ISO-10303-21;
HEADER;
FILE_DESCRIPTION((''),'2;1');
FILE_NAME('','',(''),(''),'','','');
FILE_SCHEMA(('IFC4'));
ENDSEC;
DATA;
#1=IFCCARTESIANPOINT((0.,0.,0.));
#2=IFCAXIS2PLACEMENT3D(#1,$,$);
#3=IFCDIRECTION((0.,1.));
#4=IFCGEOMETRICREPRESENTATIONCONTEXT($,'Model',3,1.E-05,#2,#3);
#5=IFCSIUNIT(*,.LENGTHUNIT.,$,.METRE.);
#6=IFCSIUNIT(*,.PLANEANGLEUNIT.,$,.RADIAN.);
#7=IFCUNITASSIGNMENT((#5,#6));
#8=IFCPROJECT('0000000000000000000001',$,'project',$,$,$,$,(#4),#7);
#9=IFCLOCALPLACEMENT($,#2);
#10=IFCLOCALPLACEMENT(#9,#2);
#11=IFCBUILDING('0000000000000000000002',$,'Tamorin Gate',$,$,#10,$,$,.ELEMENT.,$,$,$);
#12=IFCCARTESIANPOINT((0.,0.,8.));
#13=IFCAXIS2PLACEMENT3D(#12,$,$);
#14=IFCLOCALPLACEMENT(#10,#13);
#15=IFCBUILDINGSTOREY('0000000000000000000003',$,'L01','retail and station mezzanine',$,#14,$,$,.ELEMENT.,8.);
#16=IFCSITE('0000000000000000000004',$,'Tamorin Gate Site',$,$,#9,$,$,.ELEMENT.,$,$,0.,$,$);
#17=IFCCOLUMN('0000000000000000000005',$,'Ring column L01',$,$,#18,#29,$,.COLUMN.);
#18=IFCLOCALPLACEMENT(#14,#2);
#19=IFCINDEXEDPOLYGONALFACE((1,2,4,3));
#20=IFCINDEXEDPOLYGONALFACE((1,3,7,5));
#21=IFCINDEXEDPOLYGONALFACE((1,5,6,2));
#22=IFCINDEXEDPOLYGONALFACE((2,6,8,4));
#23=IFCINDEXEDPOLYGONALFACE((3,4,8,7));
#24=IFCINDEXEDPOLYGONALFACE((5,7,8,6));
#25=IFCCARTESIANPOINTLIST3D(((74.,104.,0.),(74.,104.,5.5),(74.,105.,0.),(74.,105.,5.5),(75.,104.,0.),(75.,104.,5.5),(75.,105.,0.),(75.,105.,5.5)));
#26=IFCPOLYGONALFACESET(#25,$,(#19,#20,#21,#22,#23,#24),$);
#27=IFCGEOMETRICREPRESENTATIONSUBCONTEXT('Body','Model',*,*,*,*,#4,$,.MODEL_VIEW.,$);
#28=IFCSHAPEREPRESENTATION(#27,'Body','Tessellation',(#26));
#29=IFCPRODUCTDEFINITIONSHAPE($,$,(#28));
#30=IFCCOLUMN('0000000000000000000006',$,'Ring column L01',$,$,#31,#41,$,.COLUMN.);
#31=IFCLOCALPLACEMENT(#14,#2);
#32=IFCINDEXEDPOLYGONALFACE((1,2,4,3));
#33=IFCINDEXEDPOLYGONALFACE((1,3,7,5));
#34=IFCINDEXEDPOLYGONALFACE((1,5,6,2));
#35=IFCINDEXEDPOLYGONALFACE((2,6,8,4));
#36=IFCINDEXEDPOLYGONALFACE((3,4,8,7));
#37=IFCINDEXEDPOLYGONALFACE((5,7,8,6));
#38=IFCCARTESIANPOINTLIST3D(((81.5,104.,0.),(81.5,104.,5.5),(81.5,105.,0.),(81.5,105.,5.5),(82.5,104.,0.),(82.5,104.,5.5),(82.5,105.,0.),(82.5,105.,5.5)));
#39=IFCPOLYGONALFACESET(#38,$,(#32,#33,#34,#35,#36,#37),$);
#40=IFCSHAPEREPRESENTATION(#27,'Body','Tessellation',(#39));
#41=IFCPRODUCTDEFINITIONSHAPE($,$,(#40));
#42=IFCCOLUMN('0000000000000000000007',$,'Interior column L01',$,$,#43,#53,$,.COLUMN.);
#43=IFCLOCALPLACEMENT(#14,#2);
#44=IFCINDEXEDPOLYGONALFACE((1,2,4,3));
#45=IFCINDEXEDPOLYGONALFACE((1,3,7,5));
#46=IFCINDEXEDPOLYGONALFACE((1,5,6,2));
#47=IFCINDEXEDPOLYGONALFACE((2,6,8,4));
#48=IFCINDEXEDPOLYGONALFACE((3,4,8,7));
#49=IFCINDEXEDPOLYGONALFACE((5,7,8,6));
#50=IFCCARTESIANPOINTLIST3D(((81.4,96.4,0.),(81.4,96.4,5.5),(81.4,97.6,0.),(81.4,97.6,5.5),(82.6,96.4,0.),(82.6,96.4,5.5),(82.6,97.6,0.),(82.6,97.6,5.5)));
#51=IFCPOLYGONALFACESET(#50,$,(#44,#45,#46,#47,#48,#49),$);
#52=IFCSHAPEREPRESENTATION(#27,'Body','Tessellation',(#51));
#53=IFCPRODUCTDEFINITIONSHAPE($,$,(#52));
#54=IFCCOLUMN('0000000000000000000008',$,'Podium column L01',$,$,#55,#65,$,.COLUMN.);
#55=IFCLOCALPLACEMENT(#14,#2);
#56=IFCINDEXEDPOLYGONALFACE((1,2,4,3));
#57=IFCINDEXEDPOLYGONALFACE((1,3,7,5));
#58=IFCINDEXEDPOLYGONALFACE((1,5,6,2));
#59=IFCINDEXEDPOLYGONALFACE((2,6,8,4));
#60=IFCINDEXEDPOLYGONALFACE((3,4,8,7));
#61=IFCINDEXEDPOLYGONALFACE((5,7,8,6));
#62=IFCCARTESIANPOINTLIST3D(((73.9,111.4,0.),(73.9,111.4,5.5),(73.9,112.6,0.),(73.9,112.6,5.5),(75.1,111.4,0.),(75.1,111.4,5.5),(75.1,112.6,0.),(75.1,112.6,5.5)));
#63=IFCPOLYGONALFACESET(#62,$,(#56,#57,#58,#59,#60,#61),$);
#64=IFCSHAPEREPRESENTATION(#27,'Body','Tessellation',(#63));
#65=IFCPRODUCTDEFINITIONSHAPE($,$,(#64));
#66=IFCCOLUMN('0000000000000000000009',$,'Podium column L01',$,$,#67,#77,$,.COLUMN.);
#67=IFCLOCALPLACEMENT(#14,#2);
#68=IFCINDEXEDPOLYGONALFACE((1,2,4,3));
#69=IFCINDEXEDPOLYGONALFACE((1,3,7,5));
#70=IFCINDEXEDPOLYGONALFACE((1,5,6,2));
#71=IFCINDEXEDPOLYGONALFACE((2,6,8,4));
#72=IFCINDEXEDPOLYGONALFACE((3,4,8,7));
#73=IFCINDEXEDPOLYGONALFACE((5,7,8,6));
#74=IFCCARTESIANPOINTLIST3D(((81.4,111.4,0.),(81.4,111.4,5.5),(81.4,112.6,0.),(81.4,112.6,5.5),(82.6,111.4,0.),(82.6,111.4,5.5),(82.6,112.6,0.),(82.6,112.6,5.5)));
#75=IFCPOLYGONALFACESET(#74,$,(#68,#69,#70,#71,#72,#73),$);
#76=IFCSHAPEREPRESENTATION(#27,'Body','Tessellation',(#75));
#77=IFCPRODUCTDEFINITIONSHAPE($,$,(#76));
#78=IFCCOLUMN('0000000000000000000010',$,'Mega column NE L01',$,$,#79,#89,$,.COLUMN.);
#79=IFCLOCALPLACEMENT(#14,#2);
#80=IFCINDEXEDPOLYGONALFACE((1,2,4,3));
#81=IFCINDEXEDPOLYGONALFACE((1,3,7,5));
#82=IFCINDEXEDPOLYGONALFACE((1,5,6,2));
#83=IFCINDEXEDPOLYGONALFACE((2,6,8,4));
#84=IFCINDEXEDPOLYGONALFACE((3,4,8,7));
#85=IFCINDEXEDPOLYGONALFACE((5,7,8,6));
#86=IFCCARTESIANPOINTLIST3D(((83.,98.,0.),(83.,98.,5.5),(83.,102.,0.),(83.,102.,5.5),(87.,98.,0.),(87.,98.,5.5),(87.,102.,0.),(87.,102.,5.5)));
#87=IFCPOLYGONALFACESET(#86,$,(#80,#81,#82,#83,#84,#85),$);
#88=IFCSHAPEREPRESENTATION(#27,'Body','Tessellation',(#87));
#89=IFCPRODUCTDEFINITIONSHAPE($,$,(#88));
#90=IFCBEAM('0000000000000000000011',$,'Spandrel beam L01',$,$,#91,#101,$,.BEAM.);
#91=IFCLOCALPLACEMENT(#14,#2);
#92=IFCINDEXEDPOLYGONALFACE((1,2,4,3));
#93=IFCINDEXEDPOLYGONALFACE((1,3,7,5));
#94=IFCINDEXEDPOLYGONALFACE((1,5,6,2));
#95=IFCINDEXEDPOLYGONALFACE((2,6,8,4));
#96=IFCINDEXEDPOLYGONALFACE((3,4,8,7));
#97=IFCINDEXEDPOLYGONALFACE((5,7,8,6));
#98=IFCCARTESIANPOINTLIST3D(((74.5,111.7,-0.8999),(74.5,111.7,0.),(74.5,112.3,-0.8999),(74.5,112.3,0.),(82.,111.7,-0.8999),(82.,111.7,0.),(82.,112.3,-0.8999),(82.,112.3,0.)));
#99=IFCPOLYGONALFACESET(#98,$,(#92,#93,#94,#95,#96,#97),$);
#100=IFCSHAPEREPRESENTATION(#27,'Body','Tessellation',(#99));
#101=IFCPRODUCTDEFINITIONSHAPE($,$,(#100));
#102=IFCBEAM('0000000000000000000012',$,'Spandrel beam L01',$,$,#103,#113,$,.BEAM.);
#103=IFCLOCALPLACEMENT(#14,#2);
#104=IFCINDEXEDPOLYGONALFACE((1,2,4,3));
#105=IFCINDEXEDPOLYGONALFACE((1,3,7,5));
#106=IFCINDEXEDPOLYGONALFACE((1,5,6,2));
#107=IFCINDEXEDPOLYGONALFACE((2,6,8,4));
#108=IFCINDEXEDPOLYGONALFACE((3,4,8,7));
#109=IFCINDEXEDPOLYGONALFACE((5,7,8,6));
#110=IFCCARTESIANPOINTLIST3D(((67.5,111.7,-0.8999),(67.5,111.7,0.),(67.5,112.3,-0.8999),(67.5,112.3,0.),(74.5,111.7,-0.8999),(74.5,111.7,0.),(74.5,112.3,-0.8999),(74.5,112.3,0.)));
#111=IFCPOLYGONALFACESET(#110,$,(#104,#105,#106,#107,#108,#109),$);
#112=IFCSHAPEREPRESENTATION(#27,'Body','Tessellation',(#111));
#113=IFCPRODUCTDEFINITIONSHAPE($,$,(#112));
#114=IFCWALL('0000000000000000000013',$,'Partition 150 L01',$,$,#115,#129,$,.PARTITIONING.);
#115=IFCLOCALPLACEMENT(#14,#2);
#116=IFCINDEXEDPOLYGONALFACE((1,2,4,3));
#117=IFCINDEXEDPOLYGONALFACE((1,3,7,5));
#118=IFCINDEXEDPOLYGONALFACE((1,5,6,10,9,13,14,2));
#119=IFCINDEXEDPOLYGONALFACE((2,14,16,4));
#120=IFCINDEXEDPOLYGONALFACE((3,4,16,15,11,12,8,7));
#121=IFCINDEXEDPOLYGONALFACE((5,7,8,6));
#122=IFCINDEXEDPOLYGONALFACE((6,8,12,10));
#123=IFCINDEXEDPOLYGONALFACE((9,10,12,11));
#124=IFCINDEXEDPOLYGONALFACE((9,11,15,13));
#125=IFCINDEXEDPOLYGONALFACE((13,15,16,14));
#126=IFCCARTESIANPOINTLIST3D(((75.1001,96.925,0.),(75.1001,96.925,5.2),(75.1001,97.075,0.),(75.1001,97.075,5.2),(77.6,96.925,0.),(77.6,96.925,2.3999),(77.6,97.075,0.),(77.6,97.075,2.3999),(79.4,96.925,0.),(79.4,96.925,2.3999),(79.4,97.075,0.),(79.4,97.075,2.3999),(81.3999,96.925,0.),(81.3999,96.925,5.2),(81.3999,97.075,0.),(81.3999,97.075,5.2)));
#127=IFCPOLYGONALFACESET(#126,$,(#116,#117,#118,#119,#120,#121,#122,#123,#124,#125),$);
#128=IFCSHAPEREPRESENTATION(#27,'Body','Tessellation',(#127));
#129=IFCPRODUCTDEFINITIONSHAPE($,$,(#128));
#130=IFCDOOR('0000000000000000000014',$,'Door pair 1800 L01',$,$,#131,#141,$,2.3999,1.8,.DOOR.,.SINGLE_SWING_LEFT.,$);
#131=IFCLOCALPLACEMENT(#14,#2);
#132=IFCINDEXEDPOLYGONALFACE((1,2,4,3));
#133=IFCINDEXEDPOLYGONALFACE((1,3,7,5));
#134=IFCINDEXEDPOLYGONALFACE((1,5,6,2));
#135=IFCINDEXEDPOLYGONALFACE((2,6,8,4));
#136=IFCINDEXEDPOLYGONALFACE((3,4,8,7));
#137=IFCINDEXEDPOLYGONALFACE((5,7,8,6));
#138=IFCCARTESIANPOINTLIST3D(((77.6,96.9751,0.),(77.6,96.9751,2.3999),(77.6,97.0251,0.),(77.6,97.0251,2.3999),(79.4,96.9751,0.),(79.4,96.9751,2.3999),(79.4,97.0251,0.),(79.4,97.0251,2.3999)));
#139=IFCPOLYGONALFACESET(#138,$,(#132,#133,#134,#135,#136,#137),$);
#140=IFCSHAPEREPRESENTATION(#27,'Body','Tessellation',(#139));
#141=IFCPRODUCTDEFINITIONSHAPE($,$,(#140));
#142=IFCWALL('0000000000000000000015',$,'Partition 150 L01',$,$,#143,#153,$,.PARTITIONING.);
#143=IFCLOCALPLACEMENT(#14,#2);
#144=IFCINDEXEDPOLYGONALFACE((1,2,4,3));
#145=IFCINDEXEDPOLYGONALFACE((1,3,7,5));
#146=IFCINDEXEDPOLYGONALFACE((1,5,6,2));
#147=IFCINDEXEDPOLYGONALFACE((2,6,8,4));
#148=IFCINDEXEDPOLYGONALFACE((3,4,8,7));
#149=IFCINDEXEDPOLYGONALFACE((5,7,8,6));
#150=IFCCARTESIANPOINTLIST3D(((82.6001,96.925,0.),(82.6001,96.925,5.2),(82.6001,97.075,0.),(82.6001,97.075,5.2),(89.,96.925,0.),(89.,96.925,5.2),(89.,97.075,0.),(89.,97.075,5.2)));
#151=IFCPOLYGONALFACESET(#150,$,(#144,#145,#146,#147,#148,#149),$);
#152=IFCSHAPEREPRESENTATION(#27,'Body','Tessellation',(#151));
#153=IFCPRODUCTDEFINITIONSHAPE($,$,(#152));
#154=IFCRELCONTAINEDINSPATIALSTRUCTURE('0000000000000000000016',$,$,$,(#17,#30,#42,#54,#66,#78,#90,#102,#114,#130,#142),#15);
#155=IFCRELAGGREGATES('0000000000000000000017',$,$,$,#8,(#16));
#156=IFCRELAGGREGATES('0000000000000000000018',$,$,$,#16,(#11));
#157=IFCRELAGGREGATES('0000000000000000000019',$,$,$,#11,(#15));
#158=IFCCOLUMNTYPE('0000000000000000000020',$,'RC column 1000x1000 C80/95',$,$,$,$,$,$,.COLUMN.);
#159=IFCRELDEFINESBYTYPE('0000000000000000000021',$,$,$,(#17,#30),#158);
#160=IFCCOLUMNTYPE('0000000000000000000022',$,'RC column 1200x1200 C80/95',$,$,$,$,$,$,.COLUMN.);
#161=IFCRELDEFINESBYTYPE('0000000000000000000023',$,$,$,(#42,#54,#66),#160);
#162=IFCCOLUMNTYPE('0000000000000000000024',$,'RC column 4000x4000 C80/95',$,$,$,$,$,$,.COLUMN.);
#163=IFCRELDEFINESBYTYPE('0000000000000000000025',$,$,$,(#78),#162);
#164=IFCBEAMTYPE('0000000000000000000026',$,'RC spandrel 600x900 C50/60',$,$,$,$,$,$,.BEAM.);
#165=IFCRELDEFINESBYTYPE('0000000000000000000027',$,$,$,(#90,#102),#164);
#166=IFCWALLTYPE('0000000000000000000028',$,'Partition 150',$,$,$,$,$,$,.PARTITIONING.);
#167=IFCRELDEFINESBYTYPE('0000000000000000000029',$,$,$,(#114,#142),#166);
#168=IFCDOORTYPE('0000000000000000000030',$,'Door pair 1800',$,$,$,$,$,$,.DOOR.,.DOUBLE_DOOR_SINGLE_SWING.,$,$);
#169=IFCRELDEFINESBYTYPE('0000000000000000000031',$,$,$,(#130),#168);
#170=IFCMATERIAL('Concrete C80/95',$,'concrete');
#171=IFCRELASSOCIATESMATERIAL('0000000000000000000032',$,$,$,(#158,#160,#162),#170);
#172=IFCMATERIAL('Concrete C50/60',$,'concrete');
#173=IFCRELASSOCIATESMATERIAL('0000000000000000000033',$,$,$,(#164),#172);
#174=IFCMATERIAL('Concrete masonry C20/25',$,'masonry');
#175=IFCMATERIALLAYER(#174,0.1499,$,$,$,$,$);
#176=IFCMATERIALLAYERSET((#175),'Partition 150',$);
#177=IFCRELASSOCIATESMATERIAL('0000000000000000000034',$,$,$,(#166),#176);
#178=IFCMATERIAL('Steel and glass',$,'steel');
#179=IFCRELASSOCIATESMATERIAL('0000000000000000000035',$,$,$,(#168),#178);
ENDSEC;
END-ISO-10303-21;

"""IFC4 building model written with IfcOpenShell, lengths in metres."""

from ifc_helpers import new_model, si_unit, direction, frame, frame_2d, origin, origin_2d, place, context, subcontext, project, spatial, rectangle, extrude, material, layer, layer_set, material_profile, profile_set, type_object, element, fill, save


model = new_model("IFC4")

# Units and contexts
model_context = context("Model", 3, precision=1e-05, world=origin(), true_north=direction((0.0, 1.0)))
body_context = subcontext(model_context, "Body", "Model", "MODEL_VIEW")
ifc_project = project(units=[si_unit("LENGTHUNIT", "METRE"), si_unit("PLANEANGLEUNIT", "RADIAN")], contexts=[model_context])

# Site, building, storey
site_placement = place(None, origin())
site = spatial("IfcSite", under=ifc_project, at=site_placement, Name="Tamorin Gate Site", CompositionType="ELEMENT", RefElevation=0.0)
building_placement = place(site_placement, origin())
building = spatial("IfcBuilding", under=site, at=building_placement, Name="Tamorin Gate", CompositionType="ELEMENT")
storey_placement = place(building_placement, frame((0.0, 0.0, 8.0)))
storey = spatial("IfcBuildingStorey", under=building, at=storey_placement, Name="L01", Description="retail and station mezzanine", CompositionType="ELEMENT", Elevation=8.0)

# Columns
ifc_material_1 = material(Name="Concrete C80/95", Category="concrete")
ifc_material_profile_1 = material_profile(ifc_material_1, rectangle(XDim=1.0, YDim=1.0, at=origin_2d()), Name="RC 1000x1000")
ifc_profile_set_1 = profile_set([ifc_material_profile_1], Name="Concrete C80/95")
column_type_1 = type_object("IfcColumnType", Name="RC column 1000x1000 C80/95", PredefinedType="COLUMN", material=ifc_profile_set_1)
for number, where, z_axis, x_axis, name in (
    (1, (74.5, 104.5, 0.0), (0.0, 0.0, 1.0), (1.0, 0.0, 0.0), "Ring column L01"),
    (2, (82.0, 104.5, 0.0), (0.0, 0.0, 1.0), (1.0, 0.0, 0.0), "Ring column L01"),
):
    element("IfcColumn", number, at=place(storey_placement, frame(where, z_axis=z_axis, x_axis=x_axis)), inside=storey, type_object=column_type_1, Name=name, PredefinedType="COLUMN", context=body_context, shape_type="SweptSolid", body=[
        extrude(rectangle(XDim=1.0, YDim=1.0, at=origin_2d()), origin(), (0.0, 0.0, 1.0), 5.5),
    ])
ifc_material_profile_2 = material_profile(ifc_material_1, rectangle(XDim=1.2, YDim=1.2, at=origin_2d()), Name="RC 1200x1200")
ifc_profile_set_2 = profile_set([ifc_material_profile_2], Name="Concrete C80/95")
column_type_2 = type_object("IfcColumnType", Name="RC column 1200x1200 C80/95", PredefinedType="COLUMN", material=ifc_profile_set_2)
for number, where, z_axis, x_axis, name in (
    (3, (82.0, 97.0, 0.0), (0.0, 0.0, 1.0), (1.0, 0.0, 0.0), "Interior column L01"),
    (4, (74.5, 112.0, 0.0), (0.0, 0.0, 1.0), (1.0, 0.0, 0.0), "Podium column L01"),
    (5, (82.0, 112.0, 0.0), (0.0, 0.0, 1.0), (1.0, 0.0, 0.0), "Podium column L01"),
):
    element("IfcColumn", number, at=place(storey_placement, frame(where, z_axis=z_axis, x_axis=x_axis)), inside=storey, type_object=column_type_2, Name=name, PredefinedType="COLUMN", context=body_context, shape_type="SweptSolid", body=[
        extrude(rectangle(XDim=1.2, YDim=1.2, at=origin_2d()), origin(), (0.0, 0.0, 1.0), 5.5),
    ])
ifc_material_profile_3 = material_profile(ifc_material_1, rectangle(XDim=4.0, YDim=4.0, at=origin_2d()), Name="RC 4000x4000")
ifc_profile_set_3 = profile_set([ifc_material_profile_3], Name="Concrete C80/95")
column_type_3 = type_object("IfcColumnType", Name="RC column 4000x4000 C80/95", PredefinedType="COLUMN", material=ifc_profile_set_3)
column_placement = place(storey_placement, frame((85.0, 100.0, 0.0), z_axis=(0.0, 0.0, 1.0), x_axis=(1.0, 0.0, 0.0)))
element("IfcColumn", 6, at=column_placement, inside=storey, type_object=column_type_3, Name="Mega column NE L01", PredefinedType="COLUMN", context=body_context, shape_type="SweptSolid", body=[
    extrude(rectangle(XDim=4.0, YDim=4.0, at=origin_2d()), origin(), (0.0, 0.0, 1.0), 5.5),
])

# Beams
ifc_material_2 = material(Name="Concrete C50/60", Category="concrete")
ifc_material_profile_4 = material_profile(ifc_material_2, rectangle(XDim=0.6001, YDim=0.8999, at=origin_2d()), Name="RC 600x900")
ifc_profile_set_4 = profile_set([ifc_material_profile_4], Name="Concrete C50/60")
beam_type = type_object("IfcBeamType", Name="RC spandrel 600x900 C50/60", PredefinedType="BEAM", material=ifc_profile_set_4)
beam_1_placement = place(storey_placement, frame((82.0, 112.0, -0.45), z_axis=(-1.0, 0.0, 0.0), x_axis=(0.0, -1.0, 0.0)))
element("IfcBeam", 7, at=beam_1_placement, inside=storey, type_object=beam_type, Name="Spandrel beam L01", PredefinedType="BEAM", context=body_context, shape_type="SweptSolid", body=[
    extrude(rectangle(XDim=0.6001, YDim=0.8999, at=origin_2d()), origin(), (0.0, 0.0, 1.0), 7.5),
])
beam_2_placement = place(storey_placement, frame((74.5, 112.0, -0.45), z_axis=(-1.0, 0.0, 0.0), x_axis=(0.0, -1.0, 0.0)))
element("IfcBeam", 8, at=beam_2_placement, inside=storey, type_object=beam_type, Name="Spandrel beam L01", PredefinedType="BEAM", context=body_context, shape_type="SweptSolid", body=[
    extrude(rectangle(XDim=0.6001, YDim=0.8999, at=origin_2d()), origin(), (0.0, 0.0, 1.0), 7.0),
])

# Wall, opening, door
ifc_material_3 = material(Name="Concrete masonry C20/25", Category="masonry")
ifc_layer_1 = layer(ifc_material_3, 0.1499)
ifc_layer_set_1 = layer_set([ifc_layer_1], Name="Partition 150")
wall_type_1 = type_object("IfcWallType", Name="Partition 150", PredefinedType="PARTITIONING", material=ifc_layer_set_1)
wall_1_placement = place(storey_placement, frame((81.3999, 97.0, 0.0), z_axis=(0.0, 0.0, 1.0), x_axis=(-1.0, 0.0, 0.0)))
wall_1 = element("IfcWall", 9, at=wall_1_placement, inside=storey, type_object=wall_type_1, Name="Partition 150 L01", PredefinedType="PARTITIONING", context=body_context, shape_type="SweptSolid", body=[
    extrude(rectangle(XDim=6.2998, YDim=0.1499, at=frame_2d((3.1499, 0.0))), origin(), (0.0, 0.0, 1.0), 5.2),
])
opening_1_placement = place(wall_1_placement, frame((2.0, 0.0, 0.0)))
opening_1 = element("IfcOpeningElement", 10, at=opening_1_placement, cuts=wall_1, PredefinedType="OPENING", context=body_context, shape_type="SweptSolid", body=[
    extrude(rectangle(XDim=1.8, YDim=2.3999, at=frame_2d((0.8999, 1.2))), frame((0.0, 0.085, 0.0), z_axis=(0.0, -1.0, 0.0), x_axis=(1.0, 0.0, 0.0)), (0.0, 0.0, 1.0), 0.1699),
])
ifc_material_4 = material(Name="Steel and glass", Category="steel")
door_type = type_object("IfcDoorType", Name="Door pair 1800", OperationType="DOUBLE_DOOR_SINGLE_SWING", PredefinedType="DOOR", material=ifc_material_4)
door_placement = place(opening_1_placement, origin())
door = element("IfcDoor", 11, at=door_placement, inside=storey, type_object=door_type, Name="Door pair 1800 L01", OperationType="SINGLE_SWING_LEFT", OverallHeight=2.3999, OverallWidth=1.8, PredefinedType="DOOR", context=body_context, shape_type="SweptSolid", body=[
    extrude(rectangle(XDim=1.8, YDim=2.3999, at=frame_2d((0.8999, 1.2))), frame((0.0, 0.0249, 0.0), z_axis=(0.0, -1.0, 0.0), x_axis=(1.0, 0.0, 0.0)), (0.0, 0.0, 1.0), 0.05),
])
fill(opening_1, door)

# Wall
wall_2_placement = place(storey_placement, frame((82.6001, 97.0, 0.0), z_axis=(0.0, 0.0, 1.0), x_axis=(1.0, 0.0, 0.0)))
element("IfcWall", 12, at=wall_2_placement, inside=storey, type_object=wall_type_1, Name="Partition 150 L01", PredefinedType="PARTITIONING", context=body_context, shape_type="SweptSolid", body=[
    extrude(rectangle(XDim=6.3999, YDim=0.1499, at=frame_2d((3.2, 0.0))), origin(), (0.0, 0.0, 1.0), 5.2),
])

save(model, "model.ifc")
